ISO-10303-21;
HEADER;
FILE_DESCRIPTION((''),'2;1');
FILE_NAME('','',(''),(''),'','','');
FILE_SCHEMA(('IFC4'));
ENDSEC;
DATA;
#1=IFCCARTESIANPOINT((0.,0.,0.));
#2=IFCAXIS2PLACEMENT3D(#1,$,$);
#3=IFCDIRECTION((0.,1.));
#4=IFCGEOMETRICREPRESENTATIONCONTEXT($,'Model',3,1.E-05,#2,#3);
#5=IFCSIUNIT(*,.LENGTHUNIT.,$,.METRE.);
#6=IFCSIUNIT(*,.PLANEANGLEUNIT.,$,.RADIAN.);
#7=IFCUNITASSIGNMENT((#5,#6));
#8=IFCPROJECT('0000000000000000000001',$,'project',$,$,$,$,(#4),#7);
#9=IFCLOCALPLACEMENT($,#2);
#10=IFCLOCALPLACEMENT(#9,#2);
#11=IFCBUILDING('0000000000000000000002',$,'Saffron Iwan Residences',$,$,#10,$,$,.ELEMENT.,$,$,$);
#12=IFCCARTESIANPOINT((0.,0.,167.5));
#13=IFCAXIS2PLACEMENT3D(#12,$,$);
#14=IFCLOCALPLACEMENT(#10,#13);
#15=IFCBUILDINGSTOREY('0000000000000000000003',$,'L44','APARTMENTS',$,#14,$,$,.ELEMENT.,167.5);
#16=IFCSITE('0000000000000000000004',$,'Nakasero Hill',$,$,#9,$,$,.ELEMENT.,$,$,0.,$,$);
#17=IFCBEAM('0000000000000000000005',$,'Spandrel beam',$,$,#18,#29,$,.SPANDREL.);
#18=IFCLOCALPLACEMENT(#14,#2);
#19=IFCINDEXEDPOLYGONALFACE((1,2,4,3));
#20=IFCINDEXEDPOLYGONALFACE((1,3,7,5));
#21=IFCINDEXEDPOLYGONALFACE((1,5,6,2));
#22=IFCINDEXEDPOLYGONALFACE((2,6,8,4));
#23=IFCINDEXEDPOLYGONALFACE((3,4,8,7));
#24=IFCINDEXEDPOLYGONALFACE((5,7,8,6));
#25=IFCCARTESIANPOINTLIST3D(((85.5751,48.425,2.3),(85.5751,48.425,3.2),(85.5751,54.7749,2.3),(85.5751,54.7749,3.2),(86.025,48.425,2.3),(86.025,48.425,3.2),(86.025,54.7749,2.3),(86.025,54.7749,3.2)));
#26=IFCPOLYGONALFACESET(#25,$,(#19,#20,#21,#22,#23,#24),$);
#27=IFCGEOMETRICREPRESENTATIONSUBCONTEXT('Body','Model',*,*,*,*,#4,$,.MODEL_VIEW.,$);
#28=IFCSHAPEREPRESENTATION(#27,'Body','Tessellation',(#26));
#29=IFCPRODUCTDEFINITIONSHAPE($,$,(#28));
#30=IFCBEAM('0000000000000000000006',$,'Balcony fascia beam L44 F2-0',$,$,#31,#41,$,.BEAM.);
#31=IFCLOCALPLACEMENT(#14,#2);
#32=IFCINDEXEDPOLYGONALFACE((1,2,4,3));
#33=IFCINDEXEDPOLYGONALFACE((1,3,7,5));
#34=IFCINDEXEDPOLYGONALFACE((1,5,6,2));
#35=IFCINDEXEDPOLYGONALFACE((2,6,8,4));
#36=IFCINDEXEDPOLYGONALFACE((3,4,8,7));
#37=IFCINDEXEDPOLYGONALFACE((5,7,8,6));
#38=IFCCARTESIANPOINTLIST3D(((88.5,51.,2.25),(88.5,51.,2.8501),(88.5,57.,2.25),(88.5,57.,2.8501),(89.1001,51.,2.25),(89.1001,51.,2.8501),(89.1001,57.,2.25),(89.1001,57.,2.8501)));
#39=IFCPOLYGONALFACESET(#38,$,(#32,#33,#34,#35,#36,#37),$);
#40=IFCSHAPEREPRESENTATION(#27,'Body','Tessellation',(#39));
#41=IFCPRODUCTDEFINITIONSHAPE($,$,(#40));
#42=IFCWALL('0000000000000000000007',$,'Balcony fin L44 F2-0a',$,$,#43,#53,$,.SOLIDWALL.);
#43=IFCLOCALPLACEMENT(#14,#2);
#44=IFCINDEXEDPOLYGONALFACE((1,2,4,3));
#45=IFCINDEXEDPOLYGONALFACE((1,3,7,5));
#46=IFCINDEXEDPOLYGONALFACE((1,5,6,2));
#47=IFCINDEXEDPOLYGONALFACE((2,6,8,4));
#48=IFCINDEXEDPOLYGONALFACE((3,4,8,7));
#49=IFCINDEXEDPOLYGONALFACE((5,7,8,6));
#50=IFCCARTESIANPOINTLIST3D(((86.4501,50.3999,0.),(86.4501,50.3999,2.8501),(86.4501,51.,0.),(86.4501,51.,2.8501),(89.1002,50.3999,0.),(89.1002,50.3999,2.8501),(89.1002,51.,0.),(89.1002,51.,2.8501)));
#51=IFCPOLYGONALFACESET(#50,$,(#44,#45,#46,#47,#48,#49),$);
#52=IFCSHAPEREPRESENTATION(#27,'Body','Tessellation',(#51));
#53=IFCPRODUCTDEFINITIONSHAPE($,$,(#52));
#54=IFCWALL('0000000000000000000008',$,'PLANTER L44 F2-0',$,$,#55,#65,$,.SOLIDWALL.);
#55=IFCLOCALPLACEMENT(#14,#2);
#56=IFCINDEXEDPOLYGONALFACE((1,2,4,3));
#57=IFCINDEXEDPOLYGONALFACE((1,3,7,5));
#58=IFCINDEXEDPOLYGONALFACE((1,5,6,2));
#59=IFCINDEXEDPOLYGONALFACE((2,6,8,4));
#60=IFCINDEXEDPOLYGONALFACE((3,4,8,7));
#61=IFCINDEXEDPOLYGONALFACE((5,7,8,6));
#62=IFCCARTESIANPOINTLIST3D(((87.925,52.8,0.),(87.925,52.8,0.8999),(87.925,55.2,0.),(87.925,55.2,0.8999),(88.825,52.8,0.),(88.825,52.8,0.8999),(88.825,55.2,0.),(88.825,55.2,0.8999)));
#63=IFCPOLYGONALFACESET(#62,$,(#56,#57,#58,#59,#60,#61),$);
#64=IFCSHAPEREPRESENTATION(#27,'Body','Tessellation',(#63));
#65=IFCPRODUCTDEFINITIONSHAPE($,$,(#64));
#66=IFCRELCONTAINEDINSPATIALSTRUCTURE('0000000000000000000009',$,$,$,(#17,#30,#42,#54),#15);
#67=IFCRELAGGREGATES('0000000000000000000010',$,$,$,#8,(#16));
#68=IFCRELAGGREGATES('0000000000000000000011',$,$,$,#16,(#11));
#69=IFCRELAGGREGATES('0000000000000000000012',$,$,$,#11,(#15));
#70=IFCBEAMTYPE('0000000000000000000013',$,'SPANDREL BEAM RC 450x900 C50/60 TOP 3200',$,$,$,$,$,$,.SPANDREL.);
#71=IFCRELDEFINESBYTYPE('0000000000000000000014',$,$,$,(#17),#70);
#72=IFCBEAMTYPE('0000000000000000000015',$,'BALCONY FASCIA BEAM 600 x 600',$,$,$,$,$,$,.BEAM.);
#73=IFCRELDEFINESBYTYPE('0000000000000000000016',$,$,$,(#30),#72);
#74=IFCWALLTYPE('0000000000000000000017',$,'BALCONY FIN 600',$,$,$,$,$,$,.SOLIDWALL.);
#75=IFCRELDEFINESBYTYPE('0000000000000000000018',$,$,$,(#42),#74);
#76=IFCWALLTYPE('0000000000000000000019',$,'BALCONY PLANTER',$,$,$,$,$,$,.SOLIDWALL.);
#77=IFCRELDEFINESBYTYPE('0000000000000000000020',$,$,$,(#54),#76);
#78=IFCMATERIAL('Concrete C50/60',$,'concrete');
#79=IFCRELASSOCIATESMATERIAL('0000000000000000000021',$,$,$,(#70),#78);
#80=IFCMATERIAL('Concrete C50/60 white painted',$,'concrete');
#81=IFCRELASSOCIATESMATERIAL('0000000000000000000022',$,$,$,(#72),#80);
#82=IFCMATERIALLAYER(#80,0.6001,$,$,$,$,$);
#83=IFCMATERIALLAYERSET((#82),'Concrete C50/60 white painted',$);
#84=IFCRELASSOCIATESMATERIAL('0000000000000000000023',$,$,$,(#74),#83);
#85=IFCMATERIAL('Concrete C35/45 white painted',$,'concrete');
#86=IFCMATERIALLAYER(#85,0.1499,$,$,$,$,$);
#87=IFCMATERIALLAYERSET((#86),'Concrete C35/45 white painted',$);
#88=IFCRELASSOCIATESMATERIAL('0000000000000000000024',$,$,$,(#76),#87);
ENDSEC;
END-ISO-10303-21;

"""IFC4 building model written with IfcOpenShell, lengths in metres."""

from ifc_helpers import new_model, si_unit, direction, frame, frame_2d, origin, origin_2d, place, context, subcontext, project, spatial, rectangle, extrude, source, transform, mapped, material, layer, layer_set, material_profile, profile_set, type_object, element, save


model = new_model("IFC4")

# Units and contexts
model_context = context("Model", 3, precision=1e-05, world=origin(), true_north=direction((0.0, 1.0)))
body_context = subcontext(model_context, "Body", "Model", "MODEL_VIEW")
ifc_project = project(units=[si_unit("LENGTHUNIT", "METRE"), si_unit("PLANEANGLEUNIT", "RADIAN")], contexts=[model_context])

# Site, building, storey
site_placement = place(None, origin())
site = spatial("IfcSite", under=ifc_project, at=site_placement, Name="Nakasero Hill", CompositionType="ELEMENT", RefElevation=0.0)
building_placement = place(site_placement, origin())
building = spatial("IfcBuilding", under=site, at=building_placement, Name="Saffron Iwan Residences", CompositionType="ELEMENT")
storey_placement = place(building_placement, frame((0.0, 0.0, 167.5)))
storey = spatial("IfcBuildingStorey", under=building, at=storey_placement, Name="L44", Description="APARTMENTS", CompositionType="ELEMENT", Elevation=167.5)

# Beams
ifc_material_1 = material(Name="Concrete C50/60", Category="concrete")
ifc_material_profile_1 = material_profile(ifc_material_1, rectangle(XDim=0.45, YDim=0.8999, at=origin_2d()), Name="RC 450x900")
ifc_profile_set_1 = profile_set([ifc_material_profile_1], Name="Concrete C50/60")
beam_type_1 = type_object("IfcBeamType", Name="SPANDREL BEAM RC 450x900 C50/60 TOP 3200", PredefinedType="SPANDREL", material=ifc_profile_set_1)
shared_shape_1 = source(origin(), body_context, "Body", "SweptSolid", [
    extrude(rectangle(XDim=0.45, YDim=0.8999, at=origin_2d()), origin(), (0.0, 0.0, 1.0), 6.3499),
])
beam_1_placement = place(storey_placement, frame((85.8, 54.7749, 2.75), z_axis=(0.0, -1.0, 0.0), x_axis=(1.0, 0.0, 0.0)))
element("IfcBeam", 1, at=beam_1_placement, inside=storey, type_object=beam_type_1, Name="Spandrel beam", PredefinedType="SPANDREL", context=body_context, shape_type="MappedRepresentation", body=[
    mapped(shared_shape_1, transform((0.0, 0.0, 0.0))),
])
ifc_material_2 = material(Name="Concrete C50/60 white painted", Category="concrete")
ifc_material_profile_2 = material_profile(ifc_material_2, rectangle(XDim=0.6001, YDim=0.6001, at=origin_2d()), Name="BALCONY FASCIA BEAM 600 x 600")
ifc_profile_set_2 = profile_set([ifc_material_profile_2], Name="Concrete C50/60 white painted")
beam_type_2 = type_object("IfcBeamType", Name="BALCONY FASCIA BEAM 600 x 600", PredefinedType="BEAM", material=ifc_profile_set_2)
shared_shape_2 = source(origin(), body_context, "Body", "SweptSolid", [
    extrude(rectangle(XDim=0.6001, YDim=0.6001, at=origin_2d()), origin(), (0.0, 0.0, 1.0), 6.0),
])
beam_2_placement = place(storey_placement, frame((88.8, 51.0, 2.55), z_axis=(0.0, 1.0, 0.0), x_axis=(-1.0, 0.0, 0.0)))
element("IfcBeam", 2, at=beam_2_placement, inside=storey, type_object=beam_type_2, Name="Balcony fascia beam L44 F2-0", PredefinedType="BEAM", context=body_context, shape_type="MappedRepresentation", body=[
    mapped(shared_shape_2, transform((0.0, 0.0, 0.0))),
])

# Walls
ifc_layer_1 = layer(ifc_material_2, 0.6001)
ifc_layer_set_1 = layer_set([ifc_layer_1], Name="Concrete C50/60 white painted")
wall_type_1 = type_object("IfcWallType", Name="BALCONY FIN 600", PredefinedType="SOLIDWALL", material=ifc_layer_set_1)
wall_1_placement = place(storey_placement, frame((86.45, 50.7, 0.0), z_axis=(0.0, 0.0, 1.0), x_axis=(1.0, 0.0, 0.0)))
element("IfcWall", 3, at=wall_1_placement, inside=storey, type_object=wall_type_1, Name="Balcony fin L44 F2-0a", PredefinedType="SOLIDWALL", context=body_context, shape_type="SweptSolid", body=[
    extrude(rectangle(XDim=2.6501, YDim=0.6001, at=frame_2d((1.3252, 0.0))), origin(), (0.0, 0.0, 1.0), 2.8501),
])
ifc_material_3 = material(Name="Concrete C35/45 white painted", Category="concrete")
ifc_layer_2 = layer(ifc_material_3, 0.1499)
ifc_layer_set_2 = layer_set([ifc_layer_2], Name="Concrete C35/45 white painted")
wall_type_2 = type_object("IfcWallType", Name="BALCONY PLANTER", PredefinedType="SOLIDWALL", material=ifc_layer_set_2)
wall_2_placement = place(storey_placement, frame((88.375, 52.8, 0.0), z_axis=(0.0, 0.0, 1.0), x_axis=(0.0, 1.0, 0.0)))
element("IfcWall", 4, at=wall_2_placement, inside=storey, type_object=wall_type_2, Name="PLANTER L44 F2-0", PredefinedType="SOLIDWALL", context=body_context, shape_type="SweptSolid", body=[
    extrude(rectangle(XDim=2.3999, YDim=0.8999, at=frame_2d((1.2, 0.0))), origin(), (0.0, 0.0, 1.0), 0.8999),
])

save(model, "model.ifc")
